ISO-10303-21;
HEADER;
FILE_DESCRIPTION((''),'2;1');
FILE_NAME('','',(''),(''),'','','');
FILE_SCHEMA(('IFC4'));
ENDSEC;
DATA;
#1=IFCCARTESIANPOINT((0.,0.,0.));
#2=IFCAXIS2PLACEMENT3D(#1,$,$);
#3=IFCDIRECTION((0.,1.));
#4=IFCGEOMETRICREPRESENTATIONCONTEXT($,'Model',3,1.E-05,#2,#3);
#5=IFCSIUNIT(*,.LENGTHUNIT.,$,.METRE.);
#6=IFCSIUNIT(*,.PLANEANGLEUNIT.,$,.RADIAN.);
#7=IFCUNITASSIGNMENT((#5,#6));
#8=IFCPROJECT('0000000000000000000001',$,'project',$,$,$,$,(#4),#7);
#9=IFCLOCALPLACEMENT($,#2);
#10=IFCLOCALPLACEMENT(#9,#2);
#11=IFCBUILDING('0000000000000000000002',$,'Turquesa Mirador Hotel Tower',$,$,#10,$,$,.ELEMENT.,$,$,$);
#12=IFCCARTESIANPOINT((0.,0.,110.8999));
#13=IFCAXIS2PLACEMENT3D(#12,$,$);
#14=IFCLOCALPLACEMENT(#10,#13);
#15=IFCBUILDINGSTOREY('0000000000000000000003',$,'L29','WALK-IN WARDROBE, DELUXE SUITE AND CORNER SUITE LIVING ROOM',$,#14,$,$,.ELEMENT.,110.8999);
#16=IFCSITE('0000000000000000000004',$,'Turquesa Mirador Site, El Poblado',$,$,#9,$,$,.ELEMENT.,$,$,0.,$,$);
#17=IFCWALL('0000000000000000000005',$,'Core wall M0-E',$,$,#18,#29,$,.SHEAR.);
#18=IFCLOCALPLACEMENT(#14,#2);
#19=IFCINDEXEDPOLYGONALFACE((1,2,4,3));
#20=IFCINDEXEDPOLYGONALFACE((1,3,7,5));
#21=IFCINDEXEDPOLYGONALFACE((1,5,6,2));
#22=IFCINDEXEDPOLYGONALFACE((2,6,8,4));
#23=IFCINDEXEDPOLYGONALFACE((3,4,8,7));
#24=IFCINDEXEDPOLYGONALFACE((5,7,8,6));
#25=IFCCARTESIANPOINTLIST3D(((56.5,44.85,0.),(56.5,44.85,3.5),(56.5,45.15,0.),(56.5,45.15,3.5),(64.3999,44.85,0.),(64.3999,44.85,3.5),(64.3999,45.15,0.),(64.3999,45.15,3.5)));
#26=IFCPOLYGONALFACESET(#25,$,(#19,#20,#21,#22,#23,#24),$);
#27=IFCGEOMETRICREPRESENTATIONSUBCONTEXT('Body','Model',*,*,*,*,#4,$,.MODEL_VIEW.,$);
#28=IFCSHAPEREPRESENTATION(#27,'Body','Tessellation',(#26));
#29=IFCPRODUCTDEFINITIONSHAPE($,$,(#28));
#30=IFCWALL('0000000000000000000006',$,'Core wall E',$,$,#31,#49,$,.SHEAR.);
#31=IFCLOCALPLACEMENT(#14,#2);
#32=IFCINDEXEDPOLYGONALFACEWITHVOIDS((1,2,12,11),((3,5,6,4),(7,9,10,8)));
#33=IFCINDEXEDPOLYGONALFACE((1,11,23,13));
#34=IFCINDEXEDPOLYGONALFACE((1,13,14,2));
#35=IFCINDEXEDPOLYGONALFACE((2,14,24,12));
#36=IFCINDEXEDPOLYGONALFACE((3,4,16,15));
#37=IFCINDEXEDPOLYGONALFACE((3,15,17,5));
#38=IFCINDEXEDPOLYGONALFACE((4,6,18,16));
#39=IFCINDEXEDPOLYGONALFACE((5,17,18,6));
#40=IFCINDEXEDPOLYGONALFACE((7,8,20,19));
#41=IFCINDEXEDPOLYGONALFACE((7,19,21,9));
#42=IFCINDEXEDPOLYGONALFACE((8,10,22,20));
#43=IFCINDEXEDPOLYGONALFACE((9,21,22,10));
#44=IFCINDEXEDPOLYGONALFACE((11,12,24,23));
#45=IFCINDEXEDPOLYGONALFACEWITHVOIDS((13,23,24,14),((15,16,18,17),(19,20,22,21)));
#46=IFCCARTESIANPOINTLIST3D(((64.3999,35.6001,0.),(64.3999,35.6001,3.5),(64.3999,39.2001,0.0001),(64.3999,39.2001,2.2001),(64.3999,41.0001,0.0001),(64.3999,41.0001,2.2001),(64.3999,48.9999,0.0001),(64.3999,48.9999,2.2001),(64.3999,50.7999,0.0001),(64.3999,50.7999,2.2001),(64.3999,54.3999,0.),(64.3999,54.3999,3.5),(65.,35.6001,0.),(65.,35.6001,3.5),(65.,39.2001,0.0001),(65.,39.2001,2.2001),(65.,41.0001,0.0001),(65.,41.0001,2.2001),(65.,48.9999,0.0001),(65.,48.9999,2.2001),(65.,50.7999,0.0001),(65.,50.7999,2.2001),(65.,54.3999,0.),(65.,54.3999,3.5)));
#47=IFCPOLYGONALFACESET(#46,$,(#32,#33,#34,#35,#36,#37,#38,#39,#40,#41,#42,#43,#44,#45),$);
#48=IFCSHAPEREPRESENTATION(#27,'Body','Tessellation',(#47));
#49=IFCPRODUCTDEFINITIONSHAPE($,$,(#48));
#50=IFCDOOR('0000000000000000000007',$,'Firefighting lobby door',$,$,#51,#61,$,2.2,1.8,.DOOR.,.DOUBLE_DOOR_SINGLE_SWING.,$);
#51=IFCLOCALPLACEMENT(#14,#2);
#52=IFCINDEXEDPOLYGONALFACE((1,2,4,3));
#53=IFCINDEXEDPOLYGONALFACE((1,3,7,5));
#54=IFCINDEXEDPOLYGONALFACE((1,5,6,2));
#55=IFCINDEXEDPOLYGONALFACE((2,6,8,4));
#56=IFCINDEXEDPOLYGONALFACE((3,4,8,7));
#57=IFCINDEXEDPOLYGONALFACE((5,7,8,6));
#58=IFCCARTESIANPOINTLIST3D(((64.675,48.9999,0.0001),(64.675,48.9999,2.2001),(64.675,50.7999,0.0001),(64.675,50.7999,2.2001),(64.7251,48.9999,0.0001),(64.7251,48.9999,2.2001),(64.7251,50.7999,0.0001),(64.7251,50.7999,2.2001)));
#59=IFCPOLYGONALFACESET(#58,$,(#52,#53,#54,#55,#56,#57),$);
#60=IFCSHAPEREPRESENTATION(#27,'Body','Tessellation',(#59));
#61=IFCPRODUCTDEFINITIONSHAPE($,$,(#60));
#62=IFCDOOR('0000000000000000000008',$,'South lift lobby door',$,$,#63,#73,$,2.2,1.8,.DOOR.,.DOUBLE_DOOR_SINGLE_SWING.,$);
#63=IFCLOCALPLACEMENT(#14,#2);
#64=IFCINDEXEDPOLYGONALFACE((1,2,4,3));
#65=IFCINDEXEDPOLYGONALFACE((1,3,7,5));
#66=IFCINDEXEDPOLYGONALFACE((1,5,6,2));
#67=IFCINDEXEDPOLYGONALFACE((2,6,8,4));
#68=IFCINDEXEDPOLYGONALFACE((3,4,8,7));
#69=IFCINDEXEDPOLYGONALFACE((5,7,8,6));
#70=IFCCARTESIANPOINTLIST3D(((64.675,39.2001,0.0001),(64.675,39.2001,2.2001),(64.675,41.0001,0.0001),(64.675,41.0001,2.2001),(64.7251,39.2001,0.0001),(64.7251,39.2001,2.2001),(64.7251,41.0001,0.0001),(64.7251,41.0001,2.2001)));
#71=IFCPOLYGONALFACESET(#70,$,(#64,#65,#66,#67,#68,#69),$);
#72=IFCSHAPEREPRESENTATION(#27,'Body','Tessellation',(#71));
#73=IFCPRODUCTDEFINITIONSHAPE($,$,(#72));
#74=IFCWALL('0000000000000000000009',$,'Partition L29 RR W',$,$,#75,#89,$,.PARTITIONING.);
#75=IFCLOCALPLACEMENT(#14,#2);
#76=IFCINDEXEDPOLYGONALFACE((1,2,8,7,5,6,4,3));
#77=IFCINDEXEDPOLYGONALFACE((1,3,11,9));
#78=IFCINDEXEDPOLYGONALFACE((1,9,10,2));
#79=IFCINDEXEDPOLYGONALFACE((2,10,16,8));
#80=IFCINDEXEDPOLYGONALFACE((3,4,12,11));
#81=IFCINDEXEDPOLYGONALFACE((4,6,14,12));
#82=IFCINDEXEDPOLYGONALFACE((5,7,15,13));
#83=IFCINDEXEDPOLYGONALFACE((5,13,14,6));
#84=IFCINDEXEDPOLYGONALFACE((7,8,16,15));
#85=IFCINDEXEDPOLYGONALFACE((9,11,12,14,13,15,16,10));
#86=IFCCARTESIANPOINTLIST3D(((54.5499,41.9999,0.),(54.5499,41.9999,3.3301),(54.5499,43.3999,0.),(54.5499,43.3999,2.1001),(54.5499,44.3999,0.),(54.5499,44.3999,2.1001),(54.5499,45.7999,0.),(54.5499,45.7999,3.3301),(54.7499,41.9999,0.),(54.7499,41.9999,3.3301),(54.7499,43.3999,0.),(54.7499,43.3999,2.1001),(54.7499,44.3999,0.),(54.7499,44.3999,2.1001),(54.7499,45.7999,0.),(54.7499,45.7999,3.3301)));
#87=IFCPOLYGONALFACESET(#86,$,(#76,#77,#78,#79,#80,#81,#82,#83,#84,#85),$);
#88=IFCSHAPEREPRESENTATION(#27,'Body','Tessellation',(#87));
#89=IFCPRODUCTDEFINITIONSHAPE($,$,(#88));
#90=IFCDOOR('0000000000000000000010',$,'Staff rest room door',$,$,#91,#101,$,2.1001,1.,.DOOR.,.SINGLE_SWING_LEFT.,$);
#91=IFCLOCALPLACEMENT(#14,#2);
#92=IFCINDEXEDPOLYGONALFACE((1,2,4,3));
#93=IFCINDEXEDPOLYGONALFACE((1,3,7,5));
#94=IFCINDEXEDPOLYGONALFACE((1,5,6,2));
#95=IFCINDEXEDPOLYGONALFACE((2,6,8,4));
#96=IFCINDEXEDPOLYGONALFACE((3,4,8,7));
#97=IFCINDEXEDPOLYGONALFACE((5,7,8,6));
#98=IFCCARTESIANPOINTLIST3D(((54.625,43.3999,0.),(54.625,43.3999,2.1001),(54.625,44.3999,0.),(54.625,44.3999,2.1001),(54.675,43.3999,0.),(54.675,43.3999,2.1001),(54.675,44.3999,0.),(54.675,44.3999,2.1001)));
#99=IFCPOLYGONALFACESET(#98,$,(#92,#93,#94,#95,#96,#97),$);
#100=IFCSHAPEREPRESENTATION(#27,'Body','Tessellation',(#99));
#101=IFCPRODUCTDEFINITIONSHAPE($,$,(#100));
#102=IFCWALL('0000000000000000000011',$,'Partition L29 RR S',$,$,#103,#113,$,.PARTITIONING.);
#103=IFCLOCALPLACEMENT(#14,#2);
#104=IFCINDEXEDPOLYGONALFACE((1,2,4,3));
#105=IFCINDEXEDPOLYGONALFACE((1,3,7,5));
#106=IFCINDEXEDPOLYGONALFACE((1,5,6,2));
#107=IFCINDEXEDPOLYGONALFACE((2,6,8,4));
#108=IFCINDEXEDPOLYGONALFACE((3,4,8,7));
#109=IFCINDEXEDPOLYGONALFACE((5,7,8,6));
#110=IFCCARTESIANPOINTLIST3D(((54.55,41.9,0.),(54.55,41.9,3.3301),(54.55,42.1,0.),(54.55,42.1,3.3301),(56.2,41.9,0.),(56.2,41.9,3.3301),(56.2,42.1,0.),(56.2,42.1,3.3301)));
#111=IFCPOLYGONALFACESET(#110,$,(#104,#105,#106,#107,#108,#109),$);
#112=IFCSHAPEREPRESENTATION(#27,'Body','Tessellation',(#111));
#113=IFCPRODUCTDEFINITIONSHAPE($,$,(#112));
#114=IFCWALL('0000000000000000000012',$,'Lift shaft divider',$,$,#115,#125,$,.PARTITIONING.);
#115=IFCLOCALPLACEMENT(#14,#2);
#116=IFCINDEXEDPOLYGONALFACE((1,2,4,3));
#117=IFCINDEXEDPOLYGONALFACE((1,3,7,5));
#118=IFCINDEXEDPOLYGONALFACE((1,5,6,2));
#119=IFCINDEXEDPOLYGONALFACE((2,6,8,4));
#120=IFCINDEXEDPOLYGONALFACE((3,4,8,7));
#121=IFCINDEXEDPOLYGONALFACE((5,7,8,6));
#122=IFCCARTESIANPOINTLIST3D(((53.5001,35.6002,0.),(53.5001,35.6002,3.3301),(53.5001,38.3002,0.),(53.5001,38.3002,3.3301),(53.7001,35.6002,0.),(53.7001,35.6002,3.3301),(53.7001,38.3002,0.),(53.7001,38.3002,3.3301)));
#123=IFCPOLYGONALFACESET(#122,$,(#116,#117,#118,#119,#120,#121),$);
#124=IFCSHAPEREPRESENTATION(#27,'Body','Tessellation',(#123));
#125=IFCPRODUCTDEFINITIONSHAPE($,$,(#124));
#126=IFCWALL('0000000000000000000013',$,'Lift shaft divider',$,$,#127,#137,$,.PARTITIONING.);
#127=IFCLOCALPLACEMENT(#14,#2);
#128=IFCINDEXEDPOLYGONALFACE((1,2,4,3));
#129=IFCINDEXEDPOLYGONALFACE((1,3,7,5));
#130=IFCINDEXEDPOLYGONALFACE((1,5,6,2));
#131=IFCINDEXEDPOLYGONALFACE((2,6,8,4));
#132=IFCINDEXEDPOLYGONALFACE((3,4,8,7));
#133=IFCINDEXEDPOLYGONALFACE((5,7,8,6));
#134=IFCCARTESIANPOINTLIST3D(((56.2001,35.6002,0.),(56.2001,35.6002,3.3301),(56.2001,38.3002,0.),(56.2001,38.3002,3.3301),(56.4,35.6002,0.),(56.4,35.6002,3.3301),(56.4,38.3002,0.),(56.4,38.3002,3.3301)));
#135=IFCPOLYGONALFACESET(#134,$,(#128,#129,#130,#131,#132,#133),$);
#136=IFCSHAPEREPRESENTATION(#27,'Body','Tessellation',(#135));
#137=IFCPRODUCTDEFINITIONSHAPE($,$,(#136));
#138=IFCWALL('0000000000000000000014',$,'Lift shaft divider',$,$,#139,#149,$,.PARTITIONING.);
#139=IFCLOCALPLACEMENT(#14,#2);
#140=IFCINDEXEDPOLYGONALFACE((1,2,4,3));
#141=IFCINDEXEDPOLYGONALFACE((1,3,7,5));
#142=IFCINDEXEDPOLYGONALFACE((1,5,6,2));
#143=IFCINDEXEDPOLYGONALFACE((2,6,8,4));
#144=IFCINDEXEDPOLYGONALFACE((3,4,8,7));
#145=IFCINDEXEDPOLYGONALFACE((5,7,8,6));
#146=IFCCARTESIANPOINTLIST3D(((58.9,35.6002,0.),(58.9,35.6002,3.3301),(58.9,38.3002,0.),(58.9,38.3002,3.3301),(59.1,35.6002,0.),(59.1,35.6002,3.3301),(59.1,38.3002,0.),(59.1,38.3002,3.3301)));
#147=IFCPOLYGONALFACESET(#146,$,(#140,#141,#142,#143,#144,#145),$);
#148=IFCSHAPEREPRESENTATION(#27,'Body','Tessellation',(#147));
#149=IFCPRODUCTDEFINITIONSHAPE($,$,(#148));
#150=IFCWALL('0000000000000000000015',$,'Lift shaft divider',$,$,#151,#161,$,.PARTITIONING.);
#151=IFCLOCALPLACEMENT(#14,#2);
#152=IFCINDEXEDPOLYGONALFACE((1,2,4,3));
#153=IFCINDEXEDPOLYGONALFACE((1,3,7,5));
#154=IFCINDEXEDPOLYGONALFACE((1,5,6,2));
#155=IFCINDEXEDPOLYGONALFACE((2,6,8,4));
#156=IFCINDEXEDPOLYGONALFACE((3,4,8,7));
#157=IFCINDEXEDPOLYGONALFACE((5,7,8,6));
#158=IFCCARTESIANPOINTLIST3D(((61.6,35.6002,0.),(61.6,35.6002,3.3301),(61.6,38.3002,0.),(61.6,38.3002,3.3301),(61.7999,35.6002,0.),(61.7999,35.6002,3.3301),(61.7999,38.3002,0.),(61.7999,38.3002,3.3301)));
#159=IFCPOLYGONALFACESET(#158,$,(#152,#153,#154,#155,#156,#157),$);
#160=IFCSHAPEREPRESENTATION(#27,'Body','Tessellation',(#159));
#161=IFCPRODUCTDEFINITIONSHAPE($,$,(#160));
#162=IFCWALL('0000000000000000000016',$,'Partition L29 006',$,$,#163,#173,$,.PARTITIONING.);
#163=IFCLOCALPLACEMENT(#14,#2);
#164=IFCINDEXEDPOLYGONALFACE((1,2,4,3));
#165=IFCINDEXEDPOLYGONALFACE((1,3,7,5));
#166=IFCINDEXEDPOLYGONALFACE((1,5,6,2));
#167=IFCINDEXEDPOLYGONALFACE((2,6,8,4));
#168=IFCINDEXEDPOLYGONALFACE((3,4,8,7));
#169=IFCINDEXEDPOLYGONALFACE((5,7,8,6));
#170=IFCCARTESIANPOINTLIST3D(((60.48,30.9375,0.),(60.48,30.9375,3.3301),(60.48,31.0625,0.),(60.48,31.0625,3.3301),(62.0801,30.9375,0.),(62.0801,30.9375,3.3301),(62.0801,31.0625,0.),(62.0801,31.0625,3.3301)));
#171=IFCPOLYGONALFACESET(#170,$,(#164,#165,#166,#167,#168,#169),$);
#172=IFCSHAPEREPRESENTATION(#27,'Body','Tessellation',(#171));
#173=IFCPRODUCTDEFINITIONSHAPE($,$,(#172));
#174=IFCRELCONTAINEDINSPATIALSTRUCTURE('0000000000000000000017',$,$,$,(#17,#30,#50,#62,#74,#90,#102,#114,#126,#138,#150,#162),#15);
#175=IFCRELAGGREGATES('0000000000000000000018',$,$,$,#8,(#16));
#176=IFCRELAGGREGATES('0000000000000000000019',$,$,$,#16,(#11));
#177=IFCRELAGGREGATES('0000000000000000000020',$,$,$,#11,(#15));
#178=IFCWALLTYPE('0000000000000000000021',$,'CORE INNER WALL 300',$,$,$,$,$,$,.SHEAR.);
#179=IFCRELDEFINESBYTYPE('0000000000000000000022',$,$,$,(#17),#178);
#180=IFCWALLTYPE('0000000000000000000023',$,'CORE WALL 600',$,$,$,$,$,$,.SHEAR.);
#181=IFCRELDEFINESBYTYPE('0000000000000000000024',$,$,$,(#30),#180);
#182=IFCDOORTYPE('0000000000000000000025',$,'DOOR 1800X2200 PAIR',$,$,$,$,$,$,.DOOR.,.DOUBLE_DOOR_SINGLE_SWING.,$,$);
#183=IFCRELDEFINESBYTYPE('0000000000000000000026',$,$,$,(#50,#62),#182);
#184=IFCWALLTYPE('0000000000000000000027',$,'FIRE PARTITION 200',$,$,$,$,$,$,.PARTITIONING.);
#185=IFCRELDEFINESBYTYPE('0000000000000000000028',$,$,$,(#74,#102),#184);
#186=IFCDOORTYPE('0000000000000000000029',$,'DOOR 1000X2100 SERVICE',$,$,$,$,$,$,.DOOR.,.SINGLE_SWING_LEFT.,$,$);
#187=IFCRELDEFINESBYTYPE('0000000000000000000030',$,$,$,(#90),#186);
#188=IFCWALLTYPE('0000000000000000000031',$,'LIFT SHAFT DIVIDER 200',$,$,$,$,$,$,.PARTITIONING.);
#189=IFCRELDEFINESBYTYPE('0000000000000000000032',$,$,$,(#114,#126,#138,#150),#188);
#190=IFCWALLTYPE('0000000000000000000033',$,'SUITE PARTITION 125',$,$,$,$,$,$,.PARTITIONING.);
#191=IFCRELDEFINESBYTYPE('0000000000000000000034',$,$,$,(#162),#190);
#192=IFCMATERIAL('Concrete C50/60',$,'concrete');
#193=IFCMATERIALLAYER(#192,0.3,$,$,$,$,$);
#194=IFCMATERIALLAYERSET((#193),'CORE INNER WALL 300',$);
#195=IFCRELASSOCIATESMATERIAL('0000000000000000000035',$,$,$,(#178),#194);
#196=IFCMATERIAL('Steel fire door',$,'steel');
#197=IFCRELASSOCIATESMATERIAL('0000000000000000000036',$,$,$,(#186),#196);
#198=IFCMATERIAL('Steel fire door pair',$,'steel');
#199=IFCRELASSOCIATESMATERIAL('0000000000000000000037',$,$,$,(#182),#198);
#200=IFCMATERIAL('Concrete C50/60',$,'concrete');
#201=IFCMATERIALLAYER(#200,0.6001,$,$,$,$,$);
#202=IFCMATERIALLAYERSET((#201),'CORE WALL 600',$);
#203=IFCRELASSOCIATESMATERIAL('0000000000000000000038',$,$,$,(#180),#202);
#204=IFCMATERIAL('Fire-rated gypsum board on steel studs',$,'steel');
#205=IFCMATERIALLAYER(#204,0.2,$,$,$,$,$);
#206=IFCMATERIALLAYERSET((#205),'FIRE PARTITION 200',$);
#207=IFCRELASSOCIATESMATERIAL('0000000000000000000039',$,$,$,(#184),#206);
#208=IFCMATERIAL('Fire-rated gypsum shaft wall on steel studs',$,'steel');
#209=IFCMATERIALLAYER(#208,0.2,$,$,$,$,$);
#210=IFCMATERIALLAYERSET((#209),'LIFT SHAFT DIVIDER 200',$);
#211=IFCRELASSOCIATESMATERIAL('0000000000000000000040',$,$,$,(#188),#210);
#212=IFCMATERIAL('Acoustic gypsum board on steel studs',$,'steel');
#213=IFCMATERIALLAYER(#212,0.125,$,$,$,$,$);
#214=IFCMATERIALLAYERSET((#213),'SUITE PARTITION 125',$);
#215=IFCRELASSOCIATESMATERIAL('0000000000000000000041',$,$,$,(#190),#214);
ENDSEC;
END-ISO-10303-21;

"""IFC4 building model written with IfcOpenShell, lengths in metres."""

from ifc_helpers import new_model, si_unit, direction, frame, frame_2d, origin, place, context, subcontext, project, spatial, rectangle, extrude, material, layer, layer_set, type_object, element, fill, save


model = new_model("IFC4")

# Units and contexts
model_context = context("Model", 3, precision=1e-05, world=origin(), true_north=direction((0.0, 1.0)))
body_context = subcontext(model_context, "Body", "Model", "MODEL_VIEW")
ifc_project = project(units=[si_unit("LENGTHUNIT", "METRE"), si_unit("PLANEANGLEUNIT", "RADIAN")], contexts=[model_context])

# Site, building, storey
site_placement = place(None, origin())
site = spatial("IfcSite", under=ifc_project, at=site_placement, Name="Turquesa Mirador Site, El Poblado", CompositionType="ELEMENT", RefElevation=0.0)
building_placement = place(site_placement, origin())
building = spatial("IfcBuilding", under=site, at=building_placement, Name="Turquesa Mirador Hotel Tower", CompositionType="ELEMENT")
storey_placement = place(building_placement, frame((0.0, 0.0, 110.8999)))
storey = spatial("IfcBuildingStorey", under=building, at=storey_placement, Name="L29", Description="WALK-IN WARDROBE, DELUXE SUITE AND CORNER SUITE LIVING ROOM", CompositionType="ELEMENT", Elevation=110.8999)

# Shared definitions
ifc_material_1 = material(Name="Concrete C50/60", Category="concrete")
ifc_layer_1 = layer(ifc_material_1, 0.3)
ifc_layer_set_1 = layer_set([ifc_layer_1], Name="CORE INNER WALL 300")
wall_type_1 = type_object("IfcWallType", Name="CORE INNER WALL 300", PredefinedType="SHEAR", material=ifc_layer_set_1)
ifc_material_2 = material(Name="Steel fire door", Category="steel")
door_type_1 = type_object("IfcDoorType", Name="DOOR 1000X2100 SERVICE", OperationType="SINGLE_SWING_LEFT", PredefinedType="DOOR", material=ifc_material_2)
ifc_material_3 = material(Name="Steel fire door pair", Category="steel")
door_type_2 = type_object("IfcDoorType", Name="DOOR 1800X2200 PAIR", OperationType="DOUBLE_DOOR_SINGLE_SWING", PredefinedType="DOOR", material=ifc_material_3)

# Wall
wall_1_placement = place(storey_placement, frame((56.5, 45.0, 0.0), z_axis=(0.0, 0.0, 1.0), x_axis=(1.0, 0.0, 0.0)))
element("IfcWall", 1, at=wall_1_placement, inside=storey, type_object=wall_type_1, Name="Core wall M0-E", PredefinedType="SHEAR", context=body_context, shape_type="SweptSolid", body=[
    extrude(rectangle(XDim=7.8999, YDim=0.3, at=frame_2d((3.95, 0.0))), origin(), (0.0, 0.0, 1.0), 3.5),
])

# Wall, openings, doors
ifc_material_4 = material(Name="Concrete C50/60", Category="concrete")
ifc_layer_2 = layer(ifc_material_4, 0.6001)
ifc_layer_set_2 = layer_set([ifc_layer_2], Name="CORE WALL 600")
wall_type_2 = type_object("IfcWallType", Name="CORE WALL 600", PredefinedType="SHEAR", material=ifc_layer_set_2)
wall_2_placement = place(storey_placement, frame((64.7, 35.6001, 0.0), z_axis=(0.0, 0.0, 1.0), x_axis=(0.0, 1.0, 0.0)))
wall_2 = element("IfcWall", 2, at=wall_2_placement, inside=storey, type_object=wall_type_2, Name="Core wall E", PredefinedType="SHEAR", context=body_context, shape_type="SweptSolid", body=[
    extrude(rectangle(XDim=18.7998, YDim=0.6001, at=frame_2d((9.3999, 0.0))), origin(), (0.0, 0.0, 1.0), 3.5),
])
opening_1_placement = place(wall_2_placement, frame((13.3999, 0.0, 0.0)))
opening_1 = element("IfcOpeningElement", 3, at=opening_1_placement, cuts=wall_2, PredefinedType="OPENING", context=body_context, shape_type="SweptSolid", body=[
    extrude(rectangle(XDim=1.8, YDim=2.2, at=frame_2d((0.8999, 1.1001))), frame((0.0, 0.3101, 0.0), z_axis=(0.0, -1.0, 0.0), x_axis=(1.0, 0.0, 0.0)), (0.0, 0.0, 1.0), 0.6201),
])
opening_2_placement = place(wall_2_placement, frame((3.6001, 0.0, 0.0)))
opening_2 = element("IfcOpeningElement", 4, at=opening_2_placement, cuts=wall_2, PredefinedType="OPENING", context=body_context, shape_type="SweptSolid", body=[
    extrude(rectangle(XDim=1.8, YDim=2.2, at=frame_2d((0.8999, 1.1001))), frame((0.0, 0.3101, 0.0), z_axis=(0.0, -1.0, 0.0), x_axis=(1.0, 0.0, 0.0)), (0.0, 0.0, 1.0), 0.6201),
])
door_1_placement = place(opening_1_placement, origin())
door_1 = element("IfcDoor", 5, at=door_1_placement, inside=storey, type_object=door_type_2, Name="Firefighting lobby door", OperationType="DOUBLE_DOOR_SINGLE_SWING", OverallHeight=2.2, OverallWidth=1.8, PredefinedType="DOOR", context=body_context, shape_type="SweptSolid", body=[
    extrude(rectangle(XDim=1.8, YDim=2.2, at=frame_2d((0.8999, 1.1001))), frame((0.0, 0.0249, 0.0), z_axis=(0.0, -1.0, 0.0), x_axis=(1.0, 0.0, 0.0)), (0.0, 0.0, 1.0), 0.05),
])
fill(opening_1, door_1)
door_2_placement = place(opening_2_placement, origin())
door_2 = element("IfcDoor", 6, at=door_2_placement, inside=storey, type_object=door_type_2, Name="South lift lobby door", OperationType="DOUBLE_DOOR_SINGLE_SWING", OverallHeight=2.2, OverallWidth=1.8, PredefinedType="DOOR", context=body_context, shape_type="SweptSolid", body=[
    extrude(rectangle(XDim=1.8, YDim=2.2, at=frame_2d((0.8999, 1.1001))), frame((0.0, 0.0249, 0.0), z_axis=(0.0, -1.0, 0.0), x_axis=(1.0, 0.0, 0.0)), (0.0, 0.0, 1.0), 0.05),
])
fill(opening_2, door_2)

# Wall, opening, door
ifc_material_5 = material(Name="Fire-rated gypsum board on steel studs", Category="steel")
ifc_layer_3 = layer(ifc_material_5, 0.2)
ifc_layer_set_3 = layer_set([ifc_layer_3], Name="FIRE PARTITION 200")
wall_type_3 = type_object("IfcWallType", Name="FIRE PARTITION 200", PredefinedType="PARTITIONING", material=ifc_layer_set_3)
wall_3_placement = place(storey_placement, frame((54.6499, 42.0, 0.0), z_axis=(0.0, 0.0, 1.0), x_axis=(0.0, 1.0, 0.0)))
wall_3 = element("IfcWall", 7, at=wall_3_placement, inside=storey, type_object=wall_type_3, Name="Partition L29 RR W", PredefinedType="PARTITIONING", context=body_context, shape_type="SweptSolid", body=[
    extrude(rectangle(XDim=3.8, YDim=0.2, at=frame_2d((1.8999, 0.0))), origin(), (0.0, 0.0, 1.0), 3.3301),
])
opening_3_placement = place(wall_3_placement, frame((1.3999, 0.0, 0.0)))
opening_3 = element("IfcOpeningElement", 8, at=opening_3_placement, cuts=wall_3, PredefinedType="OPENING", context=body_context, shape_type="SweptSolid", body=[
    extrude(rectangle(XDim=1.0, YDim=2.1001, at=frame_2d((0.5, 1.05))), frame((0.0, 0.1099, 0.0), z_axis=(0.0, -1.0, 0.0), x_axis=(1.0, 0.0, 0.0)), (0.0, 0.0, 1.0), 0.22),
])
door_3_placement = place(opening_3_placement, origin())
door_3 = element("IfcDoor", 9, at=door_3_placement, inside=storey, type_object=door_type_1, Name="Staff rest room door", OperationType="SINGLE_SWING_LEFT", OverallHeight=2.1001, OverallWidth=1.0, PredefinedType="DOOR", context=body_context, shape_type="SweptSolid", body=[
    extrude(rectangle(XDim=1.0, YDim=2.1001, at=frame_2d((0.5, 1.05))), frame((0.0, 0.0249, 0.0), z_axis=(0.0, -1.0, 0.0), x_axis=(1.0, 0.0, 0.0)), (0.0, 0.0, 1.0), 0.05),
])
fill(opening_3, door_3)

# Walls
wall_4_placement = place(storey_placement, frame((54.55, 42.0, 0.0), z_axis=(0.0, 0.0, 1.0), x_axis=(1.0, 0.0, 0.0)))
element("IfcWall", 10, at=wall_4_placement, inside=storey, type_object=wall_type_3, Name="Partition L29 RR S", PredefinedType="PARTITIONING", context=body_context, shape_type="SweptSolid", body=[
    extrude(rectangle(XDim=1.6499, YDim=0.2, at=frame_2d((0.825, 0.0))), origin(), (0.0, 0.0, 1.0), 3.3301),
])
ifc_material_6 = material(Name="Fire-rated gypsum shaft wall on steel studs", Category="steel")
ifc_layer_4 = layer(ifc_material_6, 0.2)
ifc_layer_set_4 = layer_set([ifc_layer_4], Name="LIFT SHAFT DIVIDER 200")
wall_type_4 = type_object("IfcWallType", Name="LIFT SHAFT DIVIDER 200", PredefinedType="PARTITIONING", material=ifc_layer_set_4)
for number, where, z_axis, x_axis, name in (
    (11, (53.6001, 35.6001, 0.0), (0.0, 0.0, 1.0), (0.0, 1.0, 0.0), "Lift shaft divider"),
    (12, (56.3, 35.6001, 0.0), (0.0, 0.0, 1.0), (0.0, 1.0, 0.0), "Lift shaft divider"),
    (13, (59.0, 35.6001, 0.0), (0.0, 0.0, 1.0), (0.0, 1.0, 0.0), "Lift shaft divider"),
    (14, (61.7, 35.6001, 0.0), (0.0, 0.0, 1.0), (0.0, 1.0, 0.0), "Lift shaft divider"),
):
    element("IfcWall", number, at=place(storey_placement, frame(where, z_axis=z_axis, x_axis=x_axis)), inside=storey, type_object=wall_type_4, Name=name, PredefinedType="PARTITIONING", context=body_context, shape_type="SweptSolid", body=[
        extrude(rectangle(XDim=2.7, YDim=0.2, at=frame_2d((1.3501, 0.0))), origin(), (0.0, 0.0, 1.0), 3.3301),
    ])
ifc_material_7 = material(Name="Acoustic gypsum board on steel studs", Category="steel")
ifc_layer_5 = layer(ifc_material_7, 0.125)
ifc_layer_set_5 = layer_set([ifc_layer_5], Name="SUITE PARTITION 125")
wall_type_5 = type_object("IfcWallType", Name="SUITE PARTITION 125", PredefinedType="PARTITIONING", material=ifc_layer_set_5)
wall_5_placement = place(storey_placement, frame((60.48, 31.0, 0.0), z_axis=(0.0, 0.0, 1.0), x_axis=(1.0, 0.0, 0.0)))
element("IfcWall", 15, at=wall_5_placement, inside=storey, type_object=wall_type_5, Name="Partition L29 006", PredefinedType="PARTITIONING", context=body_context, shape_type="SweptSolid", body=[
    extrude(rectangle(XDim=1.6001, YDim=0.125, at=frame_2d((0.8, 0.0))), origin(), (0.0, 0.0, 1.0), 3.3301),
])

save(model, "model.ifc")
